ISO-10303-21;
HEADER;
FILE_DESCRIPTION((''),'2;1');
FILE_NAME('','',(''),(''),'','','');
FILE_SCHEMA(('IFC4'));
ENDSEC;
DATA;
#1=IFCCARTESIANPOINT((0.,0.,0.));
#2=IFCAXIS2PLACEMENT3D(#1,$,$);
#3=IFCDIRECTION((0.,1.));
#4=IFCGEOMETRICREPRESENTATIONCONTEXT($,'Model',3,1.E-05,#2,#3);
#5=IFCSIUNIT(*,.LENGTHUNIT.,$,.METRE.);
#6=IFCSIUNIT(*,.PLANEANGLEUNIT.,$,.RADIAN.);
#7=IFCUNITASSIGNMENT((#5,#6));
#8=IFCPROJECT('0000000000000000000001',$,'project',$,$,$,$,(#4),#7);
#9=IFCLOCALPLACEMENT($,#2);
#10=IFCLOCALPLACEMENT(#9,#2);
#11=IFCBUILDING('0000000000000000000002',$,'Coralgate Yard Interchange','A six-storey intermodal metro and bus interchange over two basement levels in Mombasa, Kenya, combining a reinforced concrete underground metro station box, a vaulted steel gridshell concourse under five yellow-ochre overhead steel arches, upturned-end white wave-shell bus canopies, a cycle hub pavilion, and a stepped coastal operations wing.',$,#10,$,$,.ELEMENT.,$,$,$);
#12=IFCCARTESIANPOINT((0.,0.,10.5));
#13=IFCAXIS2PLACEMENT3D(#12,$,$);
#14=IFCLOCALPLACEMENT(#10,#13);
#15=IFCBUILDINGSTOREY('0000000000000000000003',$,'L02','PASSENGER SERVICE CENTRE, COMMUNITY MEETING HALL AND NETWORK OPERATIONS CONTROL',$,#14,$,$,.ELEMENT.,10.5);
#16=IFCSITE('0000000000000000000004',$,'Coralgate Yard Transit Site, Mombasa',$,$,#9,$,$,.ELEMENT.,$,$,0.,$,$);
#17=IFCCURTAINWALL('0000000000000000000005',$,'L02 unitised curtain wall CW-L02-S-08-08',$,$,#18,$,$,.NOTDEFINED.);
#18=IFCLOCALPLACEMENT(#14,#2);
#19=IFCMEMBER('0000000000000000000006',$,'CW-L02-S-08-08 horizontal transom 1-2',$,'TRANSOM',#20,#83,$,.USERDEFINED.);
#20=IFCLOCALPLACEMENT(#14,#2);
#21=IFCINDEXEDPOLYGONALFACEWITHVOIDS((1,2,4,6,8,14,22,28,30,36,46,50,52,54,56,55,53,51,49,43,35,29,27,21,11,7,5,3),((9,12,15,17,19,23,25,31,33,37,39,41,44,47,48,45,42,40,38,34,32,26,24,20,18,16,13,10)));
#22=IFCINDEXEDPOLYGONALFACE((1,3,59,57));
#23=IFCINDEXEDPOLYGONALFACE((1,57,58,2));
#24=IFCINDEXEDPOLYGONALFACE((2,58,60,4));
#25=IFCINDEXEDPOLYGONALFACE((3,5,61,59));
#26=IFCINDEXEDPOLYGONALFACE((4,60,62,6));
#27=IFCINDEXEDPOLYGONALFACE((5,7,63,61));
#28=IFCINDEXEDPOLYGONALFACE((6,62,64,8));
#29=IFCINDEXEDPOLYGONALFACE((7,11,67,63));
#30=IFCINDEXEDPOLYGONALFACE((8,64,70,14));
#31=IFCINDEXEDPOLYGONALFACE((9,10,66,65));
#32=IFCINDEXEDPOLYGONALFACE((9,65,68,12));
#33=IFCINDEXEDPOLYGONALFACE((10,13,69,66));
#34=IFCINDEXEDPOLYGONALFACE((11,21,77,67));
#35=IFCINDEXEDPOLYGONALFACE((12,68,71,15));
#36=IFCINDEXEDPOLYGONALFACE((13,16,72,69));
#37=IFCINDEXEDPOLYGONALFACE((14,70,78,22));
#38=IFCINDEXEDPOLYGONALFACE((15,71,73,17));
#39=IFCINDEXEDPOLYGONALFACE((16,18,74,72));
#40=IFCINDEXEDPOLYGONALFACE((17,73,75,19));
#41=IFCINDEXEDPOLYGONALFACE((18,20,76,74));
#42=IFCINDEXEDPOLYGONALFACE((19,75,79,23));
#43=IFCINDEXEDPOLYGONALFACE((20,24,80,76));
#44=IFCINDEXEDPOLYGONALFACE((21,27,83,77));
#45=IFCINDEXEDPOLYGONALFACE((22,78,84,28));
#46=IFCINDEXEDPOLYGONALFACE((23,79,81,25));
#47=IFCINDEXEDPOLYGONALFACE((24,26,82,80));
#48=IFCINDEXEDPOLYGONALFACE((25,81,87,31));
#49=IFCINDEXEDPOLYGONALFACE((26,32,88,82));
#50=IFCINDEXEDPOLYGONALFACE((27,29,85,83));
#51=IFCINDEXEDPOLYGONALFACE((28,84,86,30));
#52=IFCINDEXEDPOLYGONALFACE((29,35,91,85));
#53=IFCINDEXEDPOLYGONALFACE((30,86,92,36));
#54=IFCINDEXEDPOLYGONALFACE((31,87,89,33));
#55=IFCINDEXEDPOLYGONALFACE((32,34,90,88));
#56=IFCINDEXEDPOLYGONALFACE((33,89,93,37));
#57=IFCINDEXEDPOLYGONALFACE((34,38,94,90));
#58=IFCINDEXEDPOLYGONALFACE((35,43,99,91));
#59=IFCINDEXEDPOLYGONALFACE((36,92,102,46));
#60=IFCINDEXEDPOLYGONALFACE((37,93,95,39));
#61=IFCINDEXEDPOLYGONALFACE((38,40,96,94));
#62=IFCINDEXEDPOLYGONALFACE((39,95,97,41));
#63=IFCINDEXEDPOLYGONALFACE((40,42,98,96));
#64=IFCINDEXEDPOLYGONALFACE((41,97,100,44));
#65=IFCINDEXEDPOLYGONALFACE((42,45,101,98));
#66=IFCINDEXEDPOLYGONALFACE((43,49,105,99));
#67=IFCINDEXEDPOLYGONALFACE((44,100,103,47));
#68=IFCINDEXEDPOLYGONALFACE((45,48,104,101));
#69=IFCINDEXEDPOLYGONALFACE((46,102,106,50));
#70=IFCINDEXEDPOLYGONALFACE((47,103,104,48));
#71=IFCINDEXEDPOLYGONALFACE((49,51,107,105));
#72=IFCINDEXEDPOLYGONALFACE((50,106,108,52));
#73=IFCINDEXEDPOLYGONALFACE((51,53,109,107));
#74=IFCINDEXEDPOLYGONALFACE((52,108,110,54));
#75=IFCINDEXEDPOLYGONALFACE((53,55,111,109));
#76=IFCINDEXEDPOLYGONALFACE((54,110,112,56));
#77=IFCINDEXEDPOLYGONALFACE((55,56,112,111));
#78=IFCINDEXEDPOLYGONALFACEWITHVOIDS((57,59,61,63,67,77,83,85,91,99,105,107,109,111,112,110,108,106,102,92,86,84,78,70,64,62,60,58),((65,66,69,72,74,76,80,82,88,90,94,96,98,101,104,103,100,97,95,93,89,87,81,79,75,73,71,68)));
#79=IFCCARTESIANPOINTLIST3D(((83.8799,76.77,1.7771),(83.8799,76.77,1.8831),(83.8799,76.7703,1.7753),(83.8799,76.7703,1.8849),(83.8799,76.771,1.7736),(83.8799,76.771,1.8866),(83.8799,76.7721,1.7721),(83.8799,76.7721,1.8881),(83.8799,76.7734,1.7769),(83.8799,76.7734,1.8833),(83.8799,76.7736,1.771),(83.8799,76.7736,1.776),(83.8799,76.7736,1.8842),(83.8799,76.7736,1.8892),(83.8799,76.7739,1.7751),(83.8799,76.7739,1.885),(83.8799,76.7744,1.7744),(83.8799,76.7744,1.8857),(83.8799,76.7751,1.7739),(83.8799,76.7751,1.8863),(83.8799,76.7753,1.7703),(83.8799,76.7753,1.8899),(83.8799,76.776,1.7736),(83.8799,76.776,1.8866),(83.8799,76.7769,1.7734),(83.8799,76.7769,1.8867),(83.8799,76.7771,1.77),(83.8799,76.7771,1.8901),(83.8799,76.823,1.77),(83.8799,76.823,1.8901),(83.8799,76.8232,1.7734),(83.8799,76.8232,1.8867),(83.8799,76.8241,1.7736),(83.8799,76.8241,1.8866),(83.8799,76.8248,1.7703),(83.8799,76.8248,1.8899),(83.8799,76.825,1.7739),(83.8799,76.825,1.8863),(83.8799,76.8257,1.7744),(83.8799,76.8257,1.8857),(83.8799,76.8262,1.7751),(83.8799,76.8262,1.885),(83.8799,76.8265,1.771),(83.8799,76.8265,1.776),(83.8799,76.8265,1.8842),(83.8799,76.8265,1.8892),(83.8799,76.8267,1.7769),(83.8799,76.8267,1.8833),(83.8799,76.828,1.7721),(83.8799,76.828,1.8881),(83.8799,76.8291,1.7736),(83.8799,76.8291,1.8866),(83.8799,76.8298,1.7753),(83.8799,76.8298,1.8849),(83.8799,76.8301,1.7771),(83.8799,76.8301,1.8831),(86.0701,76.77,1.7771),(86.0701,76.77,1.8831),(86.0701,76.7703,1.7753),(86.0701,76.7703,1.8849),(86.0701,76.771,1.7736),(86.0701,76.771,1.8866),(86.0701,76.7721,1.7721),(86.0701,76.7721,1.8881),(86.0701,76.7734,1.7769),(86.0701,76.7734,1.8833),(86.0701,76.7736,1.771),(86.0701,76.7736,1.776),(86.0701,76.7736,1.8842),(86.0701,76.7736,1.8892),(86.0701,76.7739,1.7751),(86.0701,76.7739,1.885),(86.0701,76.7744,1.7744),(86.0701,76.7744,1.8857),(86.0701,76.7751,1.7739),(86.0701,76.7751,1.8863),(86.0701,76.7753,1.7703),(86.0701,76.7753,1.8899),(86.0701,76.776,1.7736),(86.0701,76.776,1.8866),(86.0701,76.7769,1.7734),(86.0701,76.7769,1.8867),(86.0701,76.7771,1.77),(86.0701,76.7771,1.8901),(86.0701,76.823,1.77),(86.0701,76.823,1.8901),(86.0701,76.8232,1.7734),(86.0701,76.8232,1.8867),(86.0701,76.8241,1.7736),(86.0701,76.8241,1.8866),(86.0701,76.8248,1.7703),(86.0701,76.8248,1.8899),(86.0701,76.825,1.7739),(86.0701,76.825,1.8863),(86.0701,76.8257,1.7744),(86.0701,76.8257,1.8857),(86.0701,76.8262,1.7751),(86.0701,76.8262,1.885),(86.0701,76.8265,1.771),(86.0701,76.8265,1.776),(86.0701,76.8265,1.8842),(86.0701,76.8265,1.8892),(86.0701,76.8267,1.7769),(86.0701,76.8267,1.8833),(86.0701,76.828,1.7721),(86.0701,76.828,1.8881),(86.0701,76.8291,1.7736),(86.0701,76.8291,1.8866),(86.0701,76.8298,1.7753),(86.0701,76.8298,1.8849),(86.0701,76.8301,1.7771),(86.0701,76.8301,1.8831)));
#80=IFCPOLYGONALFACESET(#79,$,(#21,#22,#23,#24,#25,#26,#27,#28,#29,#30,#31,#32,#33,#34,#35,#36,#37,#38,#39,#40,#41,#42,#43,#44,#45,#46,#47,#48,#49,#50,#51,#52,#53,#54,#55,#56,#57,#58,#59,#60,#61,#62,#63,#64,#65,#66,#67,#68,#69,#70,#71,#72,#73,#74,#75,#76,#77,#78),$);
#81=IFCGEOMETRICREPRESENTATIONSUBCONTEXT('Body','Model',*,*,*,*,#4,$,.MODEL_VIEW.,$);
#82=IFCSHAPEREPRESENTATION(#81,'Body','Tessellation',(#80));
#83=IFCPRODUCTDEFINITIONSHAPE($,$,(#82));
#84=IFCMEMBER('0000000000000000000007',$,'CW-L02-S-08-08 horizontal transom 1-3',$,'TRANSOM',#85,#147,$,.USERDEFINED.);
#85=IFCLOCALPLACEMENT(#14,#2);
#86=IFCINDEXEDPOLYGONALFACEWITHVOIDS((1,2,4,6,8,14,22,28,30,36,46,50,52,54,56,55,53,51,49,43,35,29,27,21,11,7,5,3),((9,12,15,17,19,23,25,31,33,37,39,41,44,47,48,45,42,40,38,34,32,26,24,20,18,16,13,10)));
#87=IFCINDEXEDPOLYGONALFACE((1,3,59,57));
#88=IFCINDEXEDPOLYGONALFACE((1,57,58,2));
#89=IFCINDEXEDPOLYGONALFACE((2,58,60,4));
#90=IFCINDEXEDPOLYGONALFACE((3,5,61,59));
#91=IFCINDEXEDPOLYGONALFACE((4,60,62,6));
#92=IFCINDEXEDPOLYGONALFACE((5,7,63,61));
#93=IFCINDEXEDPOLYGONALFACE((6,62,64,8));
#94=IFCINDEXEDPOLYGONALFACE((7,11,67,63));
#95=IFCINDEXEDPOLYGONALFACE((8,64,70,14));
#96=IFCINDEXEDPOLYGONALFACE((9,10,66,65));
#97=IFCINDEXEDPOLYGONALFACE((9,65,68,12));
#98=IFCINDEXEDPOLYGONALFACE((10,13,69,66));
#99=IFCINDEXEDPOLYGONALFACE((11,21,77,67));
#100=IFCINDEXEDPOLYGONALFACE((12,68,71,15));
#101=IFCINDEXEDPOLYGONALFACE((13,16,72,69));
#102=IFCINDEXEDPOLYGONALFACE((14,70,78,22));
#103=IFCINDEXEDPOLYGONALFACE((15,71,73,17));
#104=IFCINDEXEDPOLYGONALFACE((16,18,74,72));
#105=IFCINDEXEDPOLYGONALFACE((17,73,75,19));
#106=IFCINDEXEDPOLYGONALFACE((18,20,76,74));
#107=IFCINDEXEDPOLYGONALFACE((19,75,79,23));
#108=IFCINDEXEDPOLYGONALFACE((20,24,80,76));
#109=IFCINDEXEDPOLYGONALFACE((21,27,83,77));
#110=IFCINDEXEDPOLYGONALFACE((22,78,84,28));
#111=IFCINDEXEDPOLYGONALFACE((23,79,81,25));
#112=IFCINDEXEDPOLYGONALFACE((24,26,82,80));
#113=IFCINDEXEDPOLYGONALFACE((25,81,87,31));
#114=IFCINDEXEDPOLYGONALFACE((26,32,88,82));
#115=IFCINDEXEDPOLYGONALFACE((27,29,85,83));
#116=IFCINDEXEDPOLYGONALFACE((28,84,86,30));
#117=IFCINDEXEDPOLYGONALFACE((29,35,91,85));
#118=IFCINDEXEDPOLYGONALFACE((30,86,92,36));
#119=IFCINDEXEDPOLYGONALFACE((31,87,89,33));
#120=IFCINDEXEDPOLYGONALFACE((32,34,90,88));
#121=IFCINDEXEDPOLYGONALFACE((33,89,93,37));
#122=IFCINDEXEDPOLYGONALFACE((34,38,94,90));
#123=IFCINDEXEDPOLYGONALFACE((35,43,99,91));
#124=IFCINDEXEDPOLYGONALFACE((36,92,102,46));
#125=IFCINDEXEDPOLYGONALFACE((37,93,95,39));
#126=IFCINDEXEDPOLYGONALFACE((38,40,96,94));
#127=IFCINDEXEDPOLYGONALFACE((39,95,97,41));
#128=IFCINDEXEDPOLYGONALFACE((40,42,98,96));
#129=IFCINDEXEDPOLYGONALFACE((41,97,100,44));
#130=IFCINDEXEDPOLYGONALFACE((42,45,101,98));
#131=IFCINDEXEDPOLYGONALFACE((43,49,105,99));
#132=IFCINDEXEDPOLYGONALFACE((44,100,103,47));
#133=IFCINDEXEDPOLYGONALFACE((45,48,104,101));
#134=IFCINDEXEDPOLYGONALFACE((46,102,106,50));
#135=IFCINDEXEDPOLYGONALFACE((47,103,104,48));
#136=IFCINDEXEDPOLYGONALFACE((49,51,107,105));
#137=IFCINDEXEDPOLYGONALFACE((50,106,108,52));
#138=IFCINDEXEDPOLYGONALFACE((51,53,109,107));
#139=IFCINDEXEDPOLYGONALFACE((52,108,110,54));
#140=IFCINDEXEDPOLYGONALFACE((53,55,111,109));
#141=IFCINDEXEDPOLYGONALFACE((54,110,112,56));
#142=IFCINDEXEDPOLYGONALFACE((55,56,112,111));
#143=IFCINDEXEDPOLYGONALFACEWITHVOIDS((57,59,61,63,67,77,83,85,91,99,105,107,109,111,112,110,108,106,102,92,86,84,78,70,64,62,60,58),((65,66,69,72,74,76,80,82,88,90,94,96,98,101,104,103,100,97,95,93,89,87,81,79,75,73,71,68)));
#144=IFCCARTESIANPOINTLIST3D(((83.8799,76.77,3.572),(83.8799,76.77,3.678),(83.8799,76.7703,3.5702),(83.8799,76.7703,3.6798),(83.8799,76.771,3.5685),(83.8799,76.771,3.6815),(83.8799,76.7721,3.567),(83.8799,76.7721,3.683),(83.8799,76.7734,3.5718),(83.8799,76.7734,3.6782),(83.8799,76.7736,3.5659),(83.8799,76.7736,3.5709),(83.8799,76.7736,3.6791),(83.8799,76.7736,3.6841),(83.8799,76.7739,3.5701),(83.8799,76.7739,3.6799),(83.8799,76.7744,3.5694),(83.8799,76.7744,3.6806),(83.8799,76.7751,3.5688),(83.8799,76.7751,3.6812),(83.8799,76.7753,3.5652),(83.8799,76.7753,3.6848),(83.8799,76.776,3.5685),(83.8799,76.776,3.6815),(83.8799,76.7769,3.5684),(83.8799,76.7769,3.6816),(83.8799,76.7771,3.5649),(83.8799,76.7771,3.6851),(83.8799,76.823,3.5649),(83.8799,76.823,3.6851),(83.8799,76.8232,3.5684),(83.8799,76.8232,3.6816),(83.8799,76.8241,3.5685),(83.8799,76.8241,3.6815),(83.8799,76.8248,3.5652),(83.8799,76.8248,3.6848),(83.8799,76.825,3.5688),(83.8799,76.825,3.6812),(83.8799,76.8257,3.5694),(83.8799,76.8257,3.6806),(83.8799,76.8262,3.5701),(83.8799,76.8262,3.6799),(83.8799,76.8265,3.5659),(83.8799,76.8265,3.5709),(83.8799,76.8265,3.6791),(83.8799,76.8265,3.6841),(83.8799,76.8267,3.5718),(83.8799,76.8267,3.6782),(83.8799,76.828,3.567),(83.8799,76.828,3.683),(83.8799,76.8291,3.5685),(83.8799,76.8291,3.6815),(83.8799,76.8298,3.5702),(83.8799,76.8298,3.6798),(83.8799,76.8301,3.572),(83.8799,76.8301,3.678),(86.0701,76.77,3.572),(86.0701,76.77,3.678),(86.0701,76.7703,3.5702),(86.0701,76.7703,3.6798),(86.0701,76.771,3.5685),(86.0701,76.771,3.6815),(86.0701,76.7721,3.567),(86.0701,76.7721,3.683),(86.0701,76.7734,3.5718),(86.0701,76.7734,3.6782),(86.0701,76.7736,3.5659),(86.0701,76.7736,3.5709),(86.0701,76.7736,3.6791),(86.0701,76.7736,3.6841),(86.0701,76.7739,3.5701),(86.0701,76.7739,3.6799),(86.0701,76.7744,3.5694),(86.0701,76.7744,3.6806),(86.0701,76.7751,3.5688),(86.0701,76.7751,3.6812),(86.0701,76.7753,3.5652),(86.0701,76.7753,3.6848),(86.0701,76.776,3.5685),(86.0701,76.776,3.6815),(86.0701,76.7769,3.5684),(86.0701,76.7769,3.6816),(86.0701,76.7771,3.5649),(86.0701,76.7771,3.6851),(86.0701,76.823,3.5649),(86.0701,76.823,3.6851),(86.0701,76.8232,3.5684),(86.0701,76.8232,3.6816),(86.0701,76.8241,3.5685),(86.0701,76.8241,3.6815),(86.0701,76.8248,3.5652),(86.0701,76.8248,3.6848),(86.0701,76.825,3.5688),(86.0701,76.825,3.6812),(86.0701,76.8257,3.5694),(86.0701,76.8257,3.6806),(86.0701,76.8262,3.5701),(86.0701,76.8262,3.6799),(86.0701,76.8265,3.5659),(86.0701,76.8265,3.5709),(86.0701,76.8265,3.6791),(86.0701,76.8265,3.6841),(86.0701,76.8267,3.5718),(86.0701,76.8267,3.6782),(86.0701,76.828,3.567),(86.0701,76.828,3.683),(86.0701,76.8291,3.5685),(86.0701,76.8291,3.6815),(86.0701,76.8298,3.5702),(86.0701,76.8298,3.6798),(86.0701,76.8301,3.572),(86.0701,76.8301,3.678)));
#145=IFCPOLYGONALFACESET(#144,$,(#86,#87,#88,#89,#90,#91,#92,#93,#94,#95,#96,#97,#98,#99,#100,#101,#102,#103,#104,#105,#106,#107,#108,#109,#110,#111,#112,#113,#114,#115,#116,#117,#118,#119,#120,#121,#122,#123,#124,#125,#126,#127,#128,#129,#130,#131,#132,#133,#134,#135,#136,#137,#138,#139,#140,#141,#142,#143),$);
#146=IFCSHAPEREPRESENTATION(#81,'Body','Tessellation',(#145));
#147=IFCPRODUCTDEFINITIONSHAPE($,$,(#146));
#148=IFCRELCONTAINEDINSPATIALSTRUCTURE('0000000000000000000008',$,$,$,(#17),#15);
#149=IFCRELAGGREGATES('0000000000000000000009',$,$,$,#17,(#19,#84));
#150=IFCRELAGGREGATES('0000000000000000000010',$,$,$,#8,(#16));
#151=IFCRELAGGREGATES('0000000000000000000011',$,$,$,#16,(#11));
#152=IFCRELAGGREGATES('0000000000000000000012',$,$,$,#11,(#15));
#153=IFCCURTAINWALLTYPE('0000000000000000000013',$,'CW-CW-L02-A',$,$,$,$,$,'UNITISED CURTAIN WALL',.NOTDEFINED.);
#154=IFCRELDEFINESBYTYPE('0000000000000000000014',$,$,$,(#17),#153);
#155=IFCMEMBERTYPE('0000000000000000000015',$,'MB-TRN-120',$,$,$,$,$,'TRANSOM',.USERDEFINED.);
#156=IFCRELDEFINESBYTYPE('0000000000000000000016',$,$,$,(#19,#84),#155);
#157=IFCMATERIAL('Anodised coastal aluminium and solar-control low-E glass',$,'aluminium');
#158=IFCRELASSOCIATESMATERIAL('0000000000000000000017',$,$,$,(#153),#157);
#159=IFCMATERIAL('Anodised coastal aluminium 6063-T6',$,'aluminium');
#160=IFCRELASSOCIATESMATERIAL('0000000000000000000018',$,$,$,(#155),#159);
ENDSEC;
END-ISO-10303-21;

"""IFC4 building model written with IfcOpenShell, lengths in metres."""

from ifc_helpers import new_model, si_unit, direction, frame, origin, origin_2d, place, context, subcontext, project, spatial, hollow_rectangle, extrude, material, material_profile, profile_set, type_object, element, aggregate, save


model = new_model("IFC4")

# Units and contexts
model_context = context("Model", 3, precision=1e-05, world=origin(), true_north=direction((0.0, 1.0)))
body_context = subcontext(model_context, "Body", "Model", "MODEL_VIEW")
ifc_project = project(units=[si_unit("LENGTHUNIT", "METRE"), si_unit("PLANEANGLEUNIT", "RADIAN")], contexts=[model_context])

# Site, building, storey
site_placement = place(None, origin())
site = spatial("IfcSite", under=ifc_project, at=site_placement, Name="Coralgate Yard Transit Site, Mombasa", CompositionType="ELEMENT", RefElevation=0.0)
building_placement = place(site_placement, origin())
building = spatial("IfcBuilding", under=site, at=building_placement, Name="Coralgate Yard Interchange", Description="A six-storey intermodal metro and bus interchange over two basement levels in Mombasa, Kenya, combining a reinforced concrete underground metro station box, a vaulted steel gridshell concourse under five yellow-ochre overhead steel arches, upturned-end white wave-shell bus canopies, a cycle hub pavilion, and a stepped coastal operations wing.", CompositionType="ELEMENT")
storey_placement = place(building_placement, frame((0.0, 0.0, 10.5)))
storey = spatial("IfcBuildingStorey", under=building, at=storey_placement, Name="L02", Description="PASSENGER SERVICE CENTRE, COMMUNITY MEETING HALL AND NETWORK OPERATIONS CONTROL", CompositionType="ELEMENT", Elevation=10.5)

# Curtain wall
ifc_material_1 = material(Name="Anodised coastal aluminium and solar-control low-E glass", Category="aluminium")
curtain_wall_type = type_object("IfcCurtainWallType", Name="CW-CW-L02-A", ElementType="UNITISED CURTAIN WALL", PredefinedType="NOTDEFINED", material=ifc_material_1)
curtain_wall_1_placement = place(storey_placement, origin())
curtain_wall_1 = element("IfcCurtainWall", 1, at=curtain_wall_1_placement, inside=storey, type_object=curtain_wall_type, Name="L02 unitised curtain wall CW-L02-S-08-08", PredefinedType="NOTDEFINED")
ifc_material_2 = material(Name="Anodised coastal aluminium 6063-T6", Category="aluminium")

# Members
ifc_material_profile_1 = material_profile(ifc_material_2, hollow_rectangle(XDim=0.0601, YDim=0.1201, WallThickness=0.0034, InnerFilletRadius=0.0034, OuterFilletRadius=0.0071, at=origin_2d()), Name="ALU 60x120x3.5")
ifc_profile_set_1 = profile_set([ifc_material_profile_1], Name="Anodised coastal aluminium 6063-T6")
member_type_1 = type_object("IfcMemberType", Name="MB-TRN-120", ElementType="TRANSOM", PredefinedType="USERDEFINED", material=ifc_profile_set_1)
member_1_placement = place(storey_placement, frame((86.0701, 76.8, 1.8301), z_axis=(-1.0, 0.0, 0.0), x_axis=(0.0, -1.0, 0.0)))
member_1 = element("IfcMember", 2, at=member_1_placement, type_object=member_type_1, Name="CW-L02-S-08-08 horizontal transom 1-2", ObjectType="TRANSOM", PredefinedType="USERDEFINED", context=body_context, shape_type="SweptSolid", body=[
    extrude(hollow_rectangle(XDim=0.0601, YDim=0.1201, WallThickness=0.0034, InnerFilletRadius=0.0034, OuterFilletRadius=0.0071, at=origin_2d()), origin(), (0.0, 0.0, 1.0), 2.1902),
])
member_2_placement = place(storey_placement, frame((86.0701, 76.8, 3.625), z_axis=(-1.0, 0.0, 0.0), x_axis=(0.0, -1.0, 0.0)))
member_2 = element("IfcMember", 3, at=member_2_placement, type_object=member_type_1, Name="CW-L02-S-08-08 horizontal transom 1-3", ObjectType="TRANSOM", PredefinedType="USERDEFINED", context=body_context, shape_type="SweptSolid", body=[
    extrude(hollow_rectangle(XDim=0.0601, YDim=0.1201, WallThickness=0.0034, InnerFilletRadius=0.0034, OuterFilletRadius=0.0071, at=origin_2d()), origin(), (0.0, 0.0, 1.0), 2.1902),
])

aggregate(curtain_wall_1, [member_1, member_2])

save(model, "model.ifc")
